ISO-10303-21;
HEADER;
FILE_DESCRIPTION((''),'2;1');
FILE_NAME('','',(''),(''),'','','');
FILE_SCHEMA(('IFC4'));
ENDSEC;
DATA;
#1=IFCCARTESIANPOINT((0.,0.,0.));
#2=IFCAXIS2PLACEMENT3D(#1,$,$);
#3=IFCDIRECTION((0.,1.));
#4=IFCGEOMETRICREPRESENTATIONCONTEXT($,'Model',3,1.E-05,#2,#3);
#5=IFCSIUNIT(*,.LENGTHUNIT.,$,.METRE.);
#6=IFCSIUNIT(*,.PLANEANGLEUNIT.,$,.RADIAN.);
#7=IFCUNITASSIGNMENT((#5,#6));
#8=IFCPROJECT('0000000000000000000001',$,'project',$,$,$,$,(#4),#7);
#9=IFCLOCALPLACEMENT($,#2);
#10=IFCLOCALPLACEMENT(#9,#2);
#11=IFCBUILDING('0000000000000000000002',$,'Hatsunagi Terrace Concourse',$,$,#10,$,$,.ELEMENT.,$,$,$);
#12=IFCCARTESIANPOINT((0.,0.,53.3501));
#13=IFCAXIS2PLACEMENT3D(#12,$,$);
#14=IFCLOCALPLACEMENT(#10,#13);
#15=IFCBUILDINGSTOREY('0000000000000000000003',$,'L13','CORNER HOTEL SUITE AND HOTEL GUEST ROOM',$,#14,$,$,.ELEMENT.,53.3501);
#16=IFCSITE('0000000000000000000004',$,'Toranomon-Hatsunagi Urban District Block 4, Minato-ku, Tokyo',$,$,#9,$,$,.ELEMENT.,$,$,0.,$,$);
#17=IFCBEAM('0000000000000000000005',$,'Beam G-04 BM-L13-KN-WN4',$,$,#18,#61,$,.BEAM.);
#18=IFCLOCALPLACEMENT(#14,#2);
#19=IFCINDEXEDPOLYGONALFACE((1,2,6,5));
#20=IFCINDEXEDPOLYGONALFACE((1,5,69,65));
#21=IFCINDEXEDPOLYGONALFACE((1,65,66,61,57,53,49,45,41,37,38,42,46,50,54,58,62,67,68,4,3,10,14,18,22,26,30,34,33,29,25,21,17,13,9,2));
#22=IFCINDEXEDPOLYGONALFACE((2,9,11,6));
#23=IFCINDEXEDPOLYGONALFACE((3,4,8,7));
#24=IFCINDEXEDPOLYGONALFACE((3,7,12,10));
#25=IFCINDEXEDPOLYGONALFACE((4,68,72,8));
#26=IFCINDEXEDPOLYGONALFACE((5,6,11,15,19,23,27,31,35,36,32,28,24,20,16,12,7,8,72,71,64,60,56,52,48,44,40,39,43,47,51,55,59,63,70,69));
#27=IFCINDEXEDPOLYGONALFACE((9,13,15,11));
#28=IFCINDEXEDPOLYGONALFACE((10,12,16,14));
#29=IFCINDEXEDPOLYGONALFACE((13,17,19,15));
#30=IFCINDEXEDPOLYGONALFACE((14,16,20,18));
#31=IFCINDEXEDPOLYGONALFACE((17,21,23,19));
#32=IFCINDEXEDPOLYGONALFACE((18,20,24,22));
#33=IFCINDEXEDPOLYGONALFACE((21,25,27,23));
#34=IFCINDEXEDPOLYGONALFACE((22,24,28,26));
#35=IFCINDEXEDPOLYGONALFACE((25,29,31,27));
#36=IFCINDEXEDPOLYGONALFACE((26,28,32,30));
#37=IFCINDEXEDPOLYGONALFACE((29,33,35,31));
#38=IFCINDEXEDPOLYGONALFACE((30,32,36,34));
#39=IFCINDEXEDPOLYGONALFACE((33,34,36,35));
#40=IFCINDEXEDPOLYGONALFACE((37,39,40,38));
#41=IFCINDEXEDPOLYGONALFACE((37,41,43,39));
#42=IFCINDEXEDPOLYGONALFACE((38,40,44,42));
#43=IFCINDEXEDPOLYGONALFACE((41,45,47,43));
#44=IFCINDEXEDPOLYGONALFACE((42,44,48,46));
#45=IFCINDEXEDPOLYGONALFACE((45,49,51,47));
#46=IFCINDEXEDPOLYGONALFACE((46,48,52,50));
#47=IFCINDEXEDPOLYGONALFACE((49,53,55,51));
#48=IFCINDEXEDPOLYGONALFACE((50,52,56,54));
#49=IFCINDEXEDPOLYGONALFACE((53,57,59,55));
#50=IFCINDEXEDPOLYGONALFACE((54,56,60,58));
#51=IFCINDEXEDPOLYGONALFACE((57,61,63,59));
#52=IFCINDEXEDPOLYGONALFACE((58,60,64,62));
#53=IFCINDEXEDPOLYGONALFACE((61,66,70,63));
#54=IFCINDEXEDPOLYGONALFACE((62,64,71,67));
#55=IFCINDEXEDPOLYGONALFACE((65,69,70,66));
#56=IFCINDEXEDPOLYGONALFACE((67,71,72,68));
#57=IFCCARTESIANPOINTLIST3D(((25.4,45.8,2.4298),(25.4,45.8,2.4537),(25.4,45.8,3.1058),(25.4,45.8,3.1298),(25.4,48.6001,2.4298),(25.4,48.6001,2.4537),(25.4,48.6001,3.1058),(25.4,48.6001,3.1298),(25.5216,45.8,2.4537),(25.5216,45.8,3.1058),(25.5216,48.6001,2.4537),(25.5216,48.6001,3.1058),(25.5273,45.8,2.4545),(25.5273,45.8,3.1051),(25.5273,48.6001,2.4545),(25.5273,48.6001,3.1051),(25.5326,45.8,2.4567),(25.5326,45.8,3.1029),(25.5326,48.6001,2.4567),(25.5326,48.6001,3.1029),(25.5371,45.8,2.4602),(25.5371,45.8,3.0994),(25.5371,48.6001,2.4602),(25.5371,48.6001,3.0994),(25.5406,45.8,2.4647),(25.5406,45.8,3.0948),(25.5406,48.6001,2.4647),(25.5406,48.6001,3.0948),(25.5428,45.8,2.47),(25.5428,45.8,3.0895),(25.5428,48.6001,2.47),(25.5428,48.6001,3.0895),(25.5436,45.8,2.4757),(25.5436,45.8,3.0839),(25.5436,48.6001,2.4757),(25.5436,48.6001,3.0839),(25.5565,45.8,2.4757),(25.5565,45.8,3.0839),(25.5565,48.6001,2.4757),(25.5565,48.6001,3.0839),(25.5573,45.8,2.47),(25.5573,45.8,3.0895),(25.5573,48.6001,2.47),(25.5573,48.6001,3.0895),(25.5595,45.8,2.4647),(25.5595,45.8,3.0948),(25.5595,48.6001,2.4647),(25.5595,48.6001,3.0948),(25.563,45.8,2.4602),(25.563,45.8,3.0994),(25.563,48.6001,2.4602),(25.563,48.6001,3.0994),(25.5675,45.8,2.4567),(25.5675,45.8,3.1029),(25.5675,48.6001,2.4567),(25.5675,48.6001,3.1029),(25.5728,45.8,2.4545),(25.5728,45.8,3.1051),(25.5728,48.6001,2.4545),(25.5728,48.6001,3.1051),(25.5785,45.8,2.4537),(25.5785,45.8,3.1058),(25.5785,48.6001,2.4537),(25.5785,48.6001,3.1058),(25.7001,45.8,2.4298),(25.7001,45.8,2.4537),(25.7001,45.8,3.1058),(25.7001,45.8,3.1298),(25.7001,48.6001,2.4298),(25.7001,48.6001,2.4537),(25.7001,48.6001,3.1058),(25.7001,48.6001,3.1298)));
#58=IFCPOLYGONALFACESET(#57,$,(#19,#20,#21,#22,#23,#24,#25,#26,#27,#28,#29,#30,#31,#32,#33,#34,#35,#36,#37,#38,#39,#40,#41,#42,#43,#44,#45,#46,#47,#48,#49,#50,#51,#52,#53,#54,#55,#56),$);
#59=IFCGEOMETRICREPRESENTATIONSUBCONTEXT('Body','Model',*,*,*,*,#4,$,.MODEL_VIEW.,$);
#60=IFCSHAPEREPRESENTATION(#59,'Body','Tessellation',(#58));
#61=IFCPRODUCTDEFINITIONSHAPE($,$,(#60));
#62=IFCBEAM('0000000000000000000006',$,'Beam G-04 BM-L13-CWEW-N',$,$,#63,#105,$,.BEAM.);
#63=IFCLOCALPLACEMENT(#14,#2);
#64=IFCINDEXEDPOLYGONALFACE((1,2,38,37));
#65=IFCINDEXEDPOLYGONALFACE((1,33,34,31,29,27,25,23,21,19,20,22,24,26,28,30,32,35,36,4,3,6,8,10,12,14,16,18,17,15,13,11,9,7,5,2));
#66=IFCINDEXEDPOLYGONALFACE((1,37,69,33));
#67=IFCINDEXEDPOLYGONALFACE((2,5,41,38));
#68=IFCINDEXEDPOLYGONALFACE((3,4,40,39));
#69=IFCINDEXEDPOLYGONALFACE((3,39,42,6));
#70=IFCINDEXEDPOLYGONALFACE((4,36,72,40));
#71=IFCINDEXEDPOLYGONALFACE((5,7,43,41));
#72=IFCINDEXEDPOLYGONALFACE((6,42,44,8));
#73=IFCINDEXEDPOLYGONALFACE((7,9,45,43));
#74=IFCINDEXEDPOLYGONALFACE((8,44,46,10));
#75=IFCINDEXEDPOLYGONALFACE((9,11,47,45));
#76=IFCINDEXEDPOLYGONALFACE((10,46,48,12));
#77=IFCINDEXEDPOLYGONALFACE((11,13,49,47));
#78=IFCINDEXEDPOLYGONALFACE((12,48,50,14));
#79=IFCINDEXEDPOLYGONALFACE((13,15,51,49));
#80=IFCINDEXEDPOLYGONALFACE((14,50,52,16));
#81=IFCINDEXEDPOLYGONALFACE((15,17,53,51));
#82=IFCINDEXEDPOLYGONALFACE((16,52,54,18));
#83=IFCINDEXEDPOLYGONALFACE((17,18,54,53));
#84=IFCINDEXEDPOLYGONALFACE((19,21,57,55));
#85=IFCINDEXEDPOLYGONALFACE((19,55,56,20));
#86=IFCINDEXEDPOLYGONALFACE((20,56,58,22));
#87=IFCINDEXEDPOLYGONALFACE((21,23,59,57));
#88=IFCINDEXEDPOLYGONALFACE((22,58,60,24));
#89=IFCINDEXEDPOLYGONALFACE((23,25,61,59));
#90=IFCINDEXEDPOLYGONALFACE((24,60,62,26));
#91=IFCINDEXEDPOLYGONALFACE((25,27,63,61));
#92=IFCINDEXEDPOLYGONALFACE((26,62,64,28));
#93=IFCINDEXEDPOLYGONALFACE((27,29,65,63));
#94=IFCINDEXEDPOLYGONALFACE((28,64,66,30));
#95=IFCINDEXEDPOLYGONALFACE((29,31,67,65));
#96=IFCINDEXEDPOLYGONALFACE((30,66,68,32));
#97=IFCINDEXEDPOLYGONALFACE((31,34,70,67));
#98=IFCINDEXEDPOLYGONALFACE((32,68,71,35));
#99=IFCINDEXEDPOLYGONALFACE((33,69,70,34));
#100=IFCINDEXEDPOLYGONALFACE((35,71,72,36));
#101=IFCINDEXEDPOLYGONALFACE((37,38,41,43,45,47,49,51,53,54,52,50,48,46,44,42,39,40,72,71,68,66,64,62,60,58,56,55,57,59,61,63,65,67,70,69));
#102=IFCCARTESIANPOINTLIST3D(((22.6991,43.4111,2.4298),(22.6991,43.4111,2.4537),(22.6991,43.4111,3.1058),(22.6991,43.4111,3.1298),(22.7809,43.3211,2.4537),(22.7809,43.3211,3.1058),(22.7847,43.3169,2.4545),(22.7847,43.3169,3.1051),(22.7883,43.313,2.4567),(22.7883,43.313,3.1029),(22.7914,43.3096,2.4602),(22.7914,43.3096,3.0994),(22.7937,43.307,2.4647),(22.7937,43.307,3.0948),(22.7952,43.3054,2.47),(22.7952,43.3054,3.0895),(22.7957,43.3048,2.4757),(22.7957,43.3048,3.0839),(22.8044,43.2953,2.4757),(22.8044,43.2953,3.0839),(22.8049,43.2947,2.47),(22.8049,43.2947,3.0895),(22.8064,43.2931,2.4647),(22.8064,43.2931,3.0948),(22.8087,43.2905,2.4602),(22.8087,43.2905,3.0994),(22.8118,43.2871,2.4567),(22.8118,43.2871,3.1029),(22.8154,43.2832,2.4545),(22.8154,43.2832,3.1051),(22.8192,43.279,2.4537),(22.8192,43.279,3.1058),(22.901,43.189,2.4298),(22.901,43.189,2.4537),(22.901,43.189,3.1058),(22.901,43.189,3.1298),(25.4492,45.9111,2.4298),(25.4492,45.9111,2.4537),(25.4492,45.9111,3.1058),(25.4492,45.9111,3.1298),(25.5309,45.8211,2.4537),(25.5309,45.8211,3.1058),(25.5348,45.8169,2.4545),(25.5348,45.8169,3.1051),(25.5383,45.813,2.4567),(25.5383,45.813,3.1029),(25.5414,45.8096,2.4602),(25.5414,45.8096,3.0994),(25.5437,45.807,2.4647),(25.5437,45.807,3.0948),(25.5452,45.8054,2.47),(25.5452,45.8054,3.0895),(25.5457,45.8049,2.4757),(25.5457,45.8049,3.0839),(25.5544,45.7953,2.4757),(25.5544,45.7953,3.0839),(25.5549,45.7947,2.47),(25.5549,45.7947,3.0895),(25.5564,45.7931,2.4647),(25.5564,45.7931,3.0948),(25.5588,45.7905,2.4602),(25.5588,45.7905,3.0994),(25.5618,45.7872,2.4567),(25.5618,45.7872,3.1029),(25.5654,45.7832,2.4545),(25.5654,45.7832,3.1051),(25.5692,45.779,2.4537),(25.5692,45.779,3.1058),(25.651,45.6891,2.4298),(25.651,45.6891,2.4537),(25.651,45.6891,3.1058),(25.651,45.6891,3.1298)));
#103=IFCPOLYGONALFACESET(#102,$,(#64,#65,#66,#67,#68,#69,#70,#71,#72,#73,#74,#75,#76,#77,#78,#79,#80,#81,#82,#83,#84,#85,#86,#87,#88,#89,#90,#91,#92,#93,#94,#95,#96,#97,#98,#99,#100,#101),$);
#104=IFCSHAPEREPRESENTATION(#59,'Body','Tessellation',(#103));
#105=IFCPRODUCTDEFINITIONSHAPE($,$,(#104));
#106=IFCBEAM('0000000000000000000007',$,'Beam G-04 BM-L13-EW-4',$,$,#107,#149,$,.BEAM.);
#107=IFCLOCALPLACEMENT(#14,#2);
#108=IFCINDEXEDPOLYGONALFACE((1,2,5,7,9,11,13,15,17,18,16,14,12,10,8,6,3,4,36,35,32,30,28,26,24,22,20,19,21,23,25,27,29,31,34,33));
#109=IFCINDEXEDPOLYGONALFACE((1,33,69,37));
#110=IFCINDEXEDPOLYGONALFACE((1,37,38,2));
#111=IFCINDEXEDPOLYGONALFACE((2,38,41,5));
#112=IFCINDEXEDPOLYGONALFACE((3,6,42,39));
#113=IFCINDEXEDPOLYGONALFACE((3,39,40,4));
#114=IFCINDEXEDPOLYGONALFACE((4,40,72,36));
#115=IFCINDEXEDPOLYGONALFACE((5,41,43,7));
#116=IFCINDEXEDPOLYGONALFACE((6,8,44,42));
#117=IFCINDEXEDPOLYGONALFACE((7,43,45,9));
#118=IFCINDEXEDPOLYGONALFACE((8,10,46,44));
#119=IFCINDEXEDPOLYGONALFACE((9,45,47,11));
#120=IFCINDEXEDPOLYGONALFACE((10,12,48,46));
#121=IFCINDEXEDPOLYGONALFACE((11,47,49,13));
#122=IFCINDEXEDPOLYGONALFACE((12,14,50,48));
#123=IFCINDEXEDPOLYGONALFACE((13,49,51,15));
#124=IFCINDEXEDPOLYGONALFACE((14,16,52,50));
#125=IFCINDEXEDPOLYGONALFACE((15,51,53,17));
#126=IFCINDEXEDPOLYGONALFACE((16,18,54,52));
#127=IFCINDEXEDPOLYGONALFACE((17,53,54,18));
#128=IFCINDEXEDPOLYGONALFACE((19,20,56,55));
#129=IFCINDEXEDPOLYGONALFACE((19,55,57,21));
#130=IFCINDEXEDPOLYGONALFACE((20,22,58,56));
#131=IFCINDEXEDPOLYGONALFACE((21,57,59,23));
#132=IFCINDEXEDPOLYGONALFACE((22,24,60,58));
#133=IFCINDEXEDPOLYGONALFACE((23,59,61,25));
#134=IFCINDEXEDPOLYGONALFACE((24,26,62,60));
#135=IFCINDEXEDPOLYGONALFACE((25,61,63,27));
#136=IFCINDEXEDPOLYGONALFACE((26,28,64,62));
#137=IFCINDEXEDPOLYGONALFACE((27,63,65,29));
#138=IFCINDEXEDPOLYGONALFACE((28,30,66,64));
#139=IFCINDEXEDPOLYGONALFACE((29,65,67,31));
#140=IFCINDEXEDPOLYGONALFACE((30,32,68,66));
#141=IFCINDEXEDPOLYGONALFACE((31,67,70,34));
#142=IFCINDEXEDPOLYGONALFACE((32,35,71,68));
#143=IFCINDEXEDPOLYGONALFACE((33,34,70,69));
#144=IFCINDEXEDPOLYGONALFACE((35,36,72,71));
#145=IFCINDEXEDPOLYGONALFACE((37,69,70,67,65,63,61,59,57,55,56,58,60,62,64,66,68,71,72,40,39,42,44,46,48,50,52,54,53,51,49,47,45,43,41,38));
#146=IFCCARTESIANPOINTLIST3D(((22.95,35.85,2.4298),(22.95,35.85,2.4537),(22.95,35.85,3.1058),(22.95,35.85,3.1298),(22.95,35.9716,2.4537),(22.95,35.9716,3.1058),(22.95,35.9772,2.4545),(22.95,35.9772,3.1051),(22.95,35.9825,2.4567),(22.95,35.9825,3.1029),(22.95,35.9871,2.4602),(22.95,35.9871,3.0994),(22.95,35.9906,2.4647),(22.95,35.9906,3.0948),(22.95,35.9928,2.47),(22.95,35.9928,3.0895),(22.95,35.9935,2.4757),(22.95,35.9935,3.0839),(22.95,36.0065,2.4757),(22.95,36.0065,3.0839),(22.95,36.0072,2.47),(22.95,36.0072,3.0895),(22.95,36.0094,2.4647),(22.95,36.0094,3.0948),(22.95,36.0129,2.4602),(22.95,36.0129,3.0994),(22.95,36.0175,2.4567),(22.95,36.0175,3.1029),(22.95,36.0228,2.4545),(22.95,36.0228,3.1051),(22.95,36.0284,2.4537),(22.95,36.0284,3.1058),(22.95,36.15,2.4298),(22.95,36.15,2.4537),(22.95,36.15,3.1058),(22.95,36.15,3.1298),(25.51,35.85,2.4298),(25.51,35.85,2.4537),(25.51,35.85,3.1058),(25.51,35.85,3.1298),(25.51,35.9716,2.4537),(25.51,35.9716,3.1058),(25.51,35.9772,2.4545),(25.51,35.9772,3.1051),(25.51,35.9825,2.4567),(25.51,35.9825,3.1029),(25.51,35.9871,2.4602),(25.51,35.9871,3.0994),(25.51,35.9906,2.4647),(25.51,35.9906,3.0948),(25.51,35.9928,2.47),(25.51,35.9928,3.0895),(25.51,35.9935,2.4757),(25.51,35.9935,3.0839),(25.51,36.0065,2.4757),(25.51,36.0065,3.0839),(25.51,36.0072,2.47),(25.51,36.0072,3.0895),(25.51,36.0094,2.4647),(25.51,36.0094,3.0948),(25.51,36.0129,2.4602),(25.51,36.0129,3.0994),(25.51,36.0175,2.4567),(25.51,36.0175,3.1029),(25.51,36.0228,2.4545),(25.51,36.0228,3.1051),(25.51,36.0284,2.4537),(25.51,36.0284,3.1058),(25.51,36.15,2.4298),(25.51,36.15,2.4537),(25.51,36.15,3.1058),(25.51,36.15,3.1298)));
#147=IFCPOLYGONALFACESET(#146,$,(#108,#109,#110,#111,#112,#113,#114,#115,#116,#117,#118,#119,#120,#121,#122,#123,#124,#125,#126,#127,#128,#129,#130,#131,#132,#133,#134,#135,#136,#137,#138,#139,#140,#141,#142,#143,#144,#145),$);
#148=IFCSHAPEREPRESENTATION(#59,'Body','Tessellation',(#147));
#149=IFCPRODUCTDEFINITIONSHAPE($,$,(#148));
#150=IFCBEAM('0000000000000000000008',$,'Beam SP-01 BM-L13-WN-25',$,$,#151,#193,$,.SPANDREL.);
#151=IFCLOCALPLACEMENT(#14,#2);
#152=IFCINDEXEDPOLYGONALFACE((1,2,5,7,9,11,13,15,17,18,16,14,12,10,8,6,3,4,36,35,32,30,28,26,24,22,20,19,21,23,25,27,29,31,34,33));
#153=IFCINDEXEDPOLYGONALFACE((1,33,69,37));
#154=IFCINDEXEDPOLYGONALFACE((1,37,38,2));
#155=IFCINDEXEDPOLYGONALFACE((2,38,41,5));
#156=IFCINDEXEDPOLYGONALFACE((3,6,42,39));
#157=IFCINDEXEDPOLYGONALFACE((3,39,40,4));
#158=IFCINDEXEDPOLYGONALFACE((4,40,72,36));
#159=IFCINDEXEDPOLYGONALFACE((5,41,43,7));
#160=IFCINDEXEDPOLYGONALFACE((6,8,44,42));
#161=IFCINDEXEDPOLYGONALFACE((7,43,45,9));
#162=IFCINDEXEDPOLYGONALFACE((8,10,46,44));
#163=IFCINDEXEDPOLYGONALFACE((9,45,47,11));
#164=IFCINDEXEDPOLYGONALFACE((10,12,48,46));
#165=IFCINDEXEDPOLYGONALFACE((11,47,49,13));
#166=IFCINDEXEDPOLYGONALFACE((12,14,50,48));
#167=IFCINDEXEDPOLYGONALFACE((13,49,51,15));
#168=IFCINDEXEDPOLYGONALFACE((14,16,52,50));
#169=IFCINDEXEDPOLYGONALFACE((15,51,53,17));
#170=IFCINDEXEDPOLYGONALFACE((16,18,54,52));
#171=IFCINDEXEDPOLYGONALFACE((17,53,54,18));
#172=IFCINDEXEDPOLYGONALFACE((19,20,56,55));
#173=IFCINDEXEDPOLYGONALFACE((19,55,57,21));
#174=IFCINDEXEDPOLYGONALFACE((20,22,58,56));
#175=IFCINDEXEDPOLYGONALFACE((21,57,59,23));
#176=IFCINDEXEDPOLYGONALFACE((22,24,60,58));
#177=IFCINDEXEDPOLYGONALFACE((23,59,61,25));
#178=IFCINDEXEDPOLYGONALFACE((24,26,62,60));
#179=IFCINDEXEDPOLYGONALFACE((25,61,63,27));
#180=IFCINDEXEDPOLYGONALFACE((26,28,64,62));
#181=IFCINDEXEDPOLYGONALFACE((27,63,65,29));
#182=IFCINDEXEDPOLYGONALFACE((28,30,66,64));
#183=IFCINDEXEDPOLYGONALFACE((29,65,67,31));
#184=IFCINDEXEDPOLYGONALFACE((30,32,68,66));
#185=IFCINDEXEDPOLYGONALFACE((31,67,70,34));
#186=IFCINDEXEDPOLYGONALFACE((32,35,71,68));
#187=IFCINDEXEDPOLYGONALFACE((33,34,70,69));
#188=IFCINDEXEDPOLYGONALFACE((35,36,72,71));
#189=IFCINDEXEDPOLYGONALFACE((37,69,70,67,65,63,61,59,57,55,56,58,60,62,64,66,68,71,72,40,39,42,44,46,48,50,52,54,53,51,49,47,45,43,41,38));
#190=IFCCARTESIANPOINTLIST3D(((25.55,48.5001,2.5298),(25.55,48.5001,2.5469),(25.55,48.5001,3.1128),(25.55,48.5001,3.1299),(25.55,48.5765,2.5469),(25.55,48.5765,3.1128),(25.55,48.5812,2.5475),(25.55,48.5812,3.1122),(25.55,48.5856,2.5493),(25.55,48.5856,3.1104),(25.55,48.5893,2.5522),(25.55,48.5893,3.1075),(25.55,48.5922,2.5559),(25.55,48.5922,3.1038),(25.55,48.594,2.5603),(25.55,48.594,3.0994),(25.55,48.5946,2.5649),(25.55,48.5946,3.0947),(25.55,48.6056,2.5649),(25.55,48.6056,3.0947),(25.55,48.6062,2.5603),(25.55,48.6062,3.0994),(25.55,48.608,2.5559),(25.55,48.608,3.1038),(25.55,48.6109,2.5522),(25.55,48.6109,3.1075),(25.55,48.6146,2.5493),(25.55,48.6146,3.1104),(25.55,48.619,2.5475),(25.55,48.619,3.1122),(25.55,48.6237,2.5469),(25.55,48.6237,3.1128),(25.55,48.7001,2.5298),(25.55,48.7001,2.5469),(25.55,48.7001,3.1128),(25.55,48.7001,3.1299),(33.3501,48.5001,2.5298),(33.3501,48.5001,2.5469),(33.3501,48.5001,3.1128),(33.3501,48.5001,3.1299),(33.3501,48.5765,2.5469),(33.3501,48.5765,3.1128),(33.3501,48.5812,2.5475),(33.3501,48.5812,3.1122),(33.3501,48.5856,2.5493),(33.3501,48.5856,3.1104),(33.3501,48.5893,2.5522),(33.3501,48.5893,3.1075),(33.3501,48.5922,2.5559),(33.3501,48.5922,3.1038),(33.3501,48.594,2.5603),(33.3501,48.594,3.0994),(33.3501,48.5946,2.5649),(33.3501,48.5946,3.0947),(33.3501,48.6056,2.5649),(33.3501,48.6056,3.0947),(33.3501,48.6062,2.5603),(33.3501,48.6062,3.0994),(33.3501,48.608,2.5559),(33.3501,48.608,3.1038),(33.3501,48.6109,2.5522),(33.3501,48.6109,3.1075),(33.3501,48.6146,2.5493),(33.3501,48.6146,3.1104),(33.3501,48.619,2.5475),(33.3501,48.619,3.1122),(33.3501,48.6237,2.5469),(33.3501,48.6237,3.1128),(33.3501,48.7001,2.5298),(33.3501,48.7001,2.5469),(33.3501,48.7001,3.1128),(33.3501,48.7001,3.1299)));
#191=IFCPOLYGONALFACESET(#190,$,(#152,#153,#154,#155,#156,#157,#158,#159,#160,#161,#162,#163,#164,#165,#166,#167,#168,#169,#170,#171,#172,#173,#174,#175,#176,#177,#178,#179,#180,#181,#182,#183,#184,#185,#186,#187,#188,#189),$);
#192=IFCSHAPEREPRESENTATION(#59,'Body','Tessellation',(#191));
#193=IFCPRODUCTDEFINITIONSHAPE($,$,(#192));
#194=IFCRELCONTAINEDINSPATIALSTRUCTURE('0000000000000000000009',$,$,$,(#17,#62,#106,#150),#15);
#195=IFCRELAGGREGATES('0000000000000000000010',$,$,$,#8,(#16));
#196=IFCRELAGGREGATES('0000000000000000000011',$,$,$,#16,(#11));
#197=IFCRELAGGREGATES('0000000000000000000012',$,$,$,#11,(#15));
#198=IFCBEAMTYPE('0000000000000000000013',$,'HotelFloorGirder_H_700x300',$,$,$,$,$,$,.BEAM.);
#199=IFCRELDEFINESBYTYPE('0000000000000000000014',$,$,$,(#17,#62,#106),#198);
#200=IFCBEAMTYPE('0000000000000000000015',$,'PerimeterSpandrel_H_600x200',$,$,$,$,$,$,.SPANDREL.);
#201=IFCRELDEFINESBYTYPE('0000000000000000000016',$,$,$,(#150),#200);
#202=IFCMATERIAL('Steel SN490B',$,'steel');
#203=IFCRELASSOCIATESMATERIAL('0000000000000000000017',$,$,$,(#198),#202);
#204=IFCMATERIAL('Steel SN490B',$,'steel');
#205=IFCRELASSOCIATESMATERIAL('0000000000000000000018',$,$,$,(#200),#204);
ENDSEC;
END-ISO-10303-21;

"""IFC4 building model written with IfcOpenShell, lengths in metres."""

from ifc_helpers import new_model, si_unit, direction, frame, origin, origin_2d, place, context, subcontext, project, spatial, i_section, extrude, material, material_profile, profile_set, type_object, element, save


model = new_model("IFC4")

# Units and contexts
model_context = context("Model", 3, precision=1e-05, world=origin(), true_north=direction((0.0, 1.0)))
body_context = subcontext(model_context, "Body", "Model", "MODEL_VIEW")
ifc_project = project(units=[si_unit("LENGTHUNIT", "METRE"), si_unit("PLANEANGLEUNIT", "RADIAN")], contexts=[model_context])

# Site, building, storey
site_placement = place(None, origin())
site = spatial("IfcSite", under=ifc_project, at=site_placement, Name="Toranomon-Hatsunagi Urban District Block 4, Minato-ku, Tokyo", CompositionType="ELEMENT", RefElevation=0.0)
building_placement = place(site_placement, origin())
building = spatial("IfcBuilding", under=site, at=building_placement, Name="Hatsunagi Terrace Concourse", CompositionType="ELEMENT")
storey_placement = place(building_placement, frame((0.0, 0.0, 53.3501)))
storey = spatial("IfcBuildingStorey", under=building, at=storey_placement, Name="L13", Description="CORNER HOTEL SUITE AND HOTEL GUEST ROOM", CompositionType="ELEMENT", Elevation=53.3501)

# Beams
ifc_material_1 = material(Name="Steel SN490B", Category="steel")
ifc_material_profile_1 = material_profile(ifc_material_1, i_section(OverallWidth=0.3, OverallDepth=0.7, WebThickness=0.0129, FlangeThickness=0.0239, FilletRadius=0.022, at=origin_2d()), Name="H-700x300x13x24")
ifc_profile_set_1 = profile_set([ifc_material_profile_1], Name="Steel SN490B")
beam_type_1 = type_object("IfcBeamType", Name="HotelFloorGirder_H_700x300", PredefinedType="BEAM", material=ifc_profile_set_1)
beam_1_placement = place(storey_placement, frame((25.55, 45.8, 2.7798), z_axis=(0.0, 1.0, 0.0), x_axis=(-1.0, 0.0, 0.0)))
element("IfcBeam", 1, at=beam_1_placement, inside=storey, type_object=beam_type_1, Name="Beam G-04 BM-L13-KN-WN4", PredefinedType="BEAM", context=body_context, shape_type="SweptSolid", body=[
    extrude(i_section(OverallWidth=0.3, OverallDepth=0.7, WebThickness=0.0129, FlangeThickness=0.0239, FilletRadius=0.022, at=origin_2d()), origin(), (0.0, 0.0, 1.0), 2.8),
])
beam_2_placement = place(storey_placement, frame((22.8, 43.3, 2.7798), z_axis=(0.73994, 0.672673, 0.0), x_axis=(-0.672673, 0.73994, 0.0)))
element("IfcBeam", 2, at=beam_2_placement, inside=storey, type_object=beam_type_1, Name="Beam G-04 BM-L13-CWEW-N", PredefinedType="BEAM", context=body_context, shape_type="SweptSolid", body=[
    extrude(i_section(OverallWidth=0.3, OverallDepth=0.7, WebThickness=0.0129, FlangeThickness=0.0239, FilletRadius=0.022, at=origin_2d()), origin(), (0.0, 0.0, 1.0), 3.7166),
])
beam_3_placement = place(storey_placement, frame((22.95, 36.0, 2.7798), z_axis=(1.0, 0.0, 0.0), x_axis=(0.0, 1.0, 0.0)))
element("IfcBeam", 3, at=beam_3_placement, inside=storey, type_object=beam_type_1, Name="Beam G-04 BM-L13-EW-4", PredefinedType="BEAM", context=body_context, shape_type="SweptSolid", body=[
    extrude(i_section(OverallWidth=0.3, OverallDepth=0.7, WebThickness=0.0129, FlangeThickness=0.0239, FilletRadius=0.022, at=origin_2d()), origin(), (0.0, 0.0, 1.0), 2.5601),
])
ifc_material_2 = material(Name="Steel SN490B", Category="steel")
ifc_material_profile_2 = material_profile(ifc_material_2, i_section(OverallWidth=0.2, OverallDepth=0.6001, WebThickness=0.011, FlangeThickness=0.0171, FilletRadius=0.0181, at=origin_2d()), Name="H-600x200x11x17")
ifc_profile_set_2 = profile_set([ifc_material_profile_2], Name="Steel SN490B")
beam_type_2 = type_object("IfcBeamType", Name="PerimeterSpandrel_H_600x200", PredefinedType="SPANDREL", material=ifc_profile_set_2)
beam_4_placement = place(storey_placement, frame((25.55, 48.6001, 2.8298), z_axis=(1.0, 0.0, 0.0), x_axis=(0.0, 1.0, 0.0)))
element("IfcBeam", 4, at=beam_4_placement, inside=storey, type_object=beam_type_2, Name="Beam SP-01 BM-L13-WN-25", PredefinedType="SPANDREL", context=body_context, shape_type="SweptSolid", body=[
    extrude(i_section(OverallWidth=0.2, OverallDepth=0.6001, WebThickness=0.011, FlangeThickness=0.0171, FilletRadius=0.0181, at=origin_2d()), origin(), (0.0, 0.0, 1.0), 7.8),
])

save(model, "model.ifc")
